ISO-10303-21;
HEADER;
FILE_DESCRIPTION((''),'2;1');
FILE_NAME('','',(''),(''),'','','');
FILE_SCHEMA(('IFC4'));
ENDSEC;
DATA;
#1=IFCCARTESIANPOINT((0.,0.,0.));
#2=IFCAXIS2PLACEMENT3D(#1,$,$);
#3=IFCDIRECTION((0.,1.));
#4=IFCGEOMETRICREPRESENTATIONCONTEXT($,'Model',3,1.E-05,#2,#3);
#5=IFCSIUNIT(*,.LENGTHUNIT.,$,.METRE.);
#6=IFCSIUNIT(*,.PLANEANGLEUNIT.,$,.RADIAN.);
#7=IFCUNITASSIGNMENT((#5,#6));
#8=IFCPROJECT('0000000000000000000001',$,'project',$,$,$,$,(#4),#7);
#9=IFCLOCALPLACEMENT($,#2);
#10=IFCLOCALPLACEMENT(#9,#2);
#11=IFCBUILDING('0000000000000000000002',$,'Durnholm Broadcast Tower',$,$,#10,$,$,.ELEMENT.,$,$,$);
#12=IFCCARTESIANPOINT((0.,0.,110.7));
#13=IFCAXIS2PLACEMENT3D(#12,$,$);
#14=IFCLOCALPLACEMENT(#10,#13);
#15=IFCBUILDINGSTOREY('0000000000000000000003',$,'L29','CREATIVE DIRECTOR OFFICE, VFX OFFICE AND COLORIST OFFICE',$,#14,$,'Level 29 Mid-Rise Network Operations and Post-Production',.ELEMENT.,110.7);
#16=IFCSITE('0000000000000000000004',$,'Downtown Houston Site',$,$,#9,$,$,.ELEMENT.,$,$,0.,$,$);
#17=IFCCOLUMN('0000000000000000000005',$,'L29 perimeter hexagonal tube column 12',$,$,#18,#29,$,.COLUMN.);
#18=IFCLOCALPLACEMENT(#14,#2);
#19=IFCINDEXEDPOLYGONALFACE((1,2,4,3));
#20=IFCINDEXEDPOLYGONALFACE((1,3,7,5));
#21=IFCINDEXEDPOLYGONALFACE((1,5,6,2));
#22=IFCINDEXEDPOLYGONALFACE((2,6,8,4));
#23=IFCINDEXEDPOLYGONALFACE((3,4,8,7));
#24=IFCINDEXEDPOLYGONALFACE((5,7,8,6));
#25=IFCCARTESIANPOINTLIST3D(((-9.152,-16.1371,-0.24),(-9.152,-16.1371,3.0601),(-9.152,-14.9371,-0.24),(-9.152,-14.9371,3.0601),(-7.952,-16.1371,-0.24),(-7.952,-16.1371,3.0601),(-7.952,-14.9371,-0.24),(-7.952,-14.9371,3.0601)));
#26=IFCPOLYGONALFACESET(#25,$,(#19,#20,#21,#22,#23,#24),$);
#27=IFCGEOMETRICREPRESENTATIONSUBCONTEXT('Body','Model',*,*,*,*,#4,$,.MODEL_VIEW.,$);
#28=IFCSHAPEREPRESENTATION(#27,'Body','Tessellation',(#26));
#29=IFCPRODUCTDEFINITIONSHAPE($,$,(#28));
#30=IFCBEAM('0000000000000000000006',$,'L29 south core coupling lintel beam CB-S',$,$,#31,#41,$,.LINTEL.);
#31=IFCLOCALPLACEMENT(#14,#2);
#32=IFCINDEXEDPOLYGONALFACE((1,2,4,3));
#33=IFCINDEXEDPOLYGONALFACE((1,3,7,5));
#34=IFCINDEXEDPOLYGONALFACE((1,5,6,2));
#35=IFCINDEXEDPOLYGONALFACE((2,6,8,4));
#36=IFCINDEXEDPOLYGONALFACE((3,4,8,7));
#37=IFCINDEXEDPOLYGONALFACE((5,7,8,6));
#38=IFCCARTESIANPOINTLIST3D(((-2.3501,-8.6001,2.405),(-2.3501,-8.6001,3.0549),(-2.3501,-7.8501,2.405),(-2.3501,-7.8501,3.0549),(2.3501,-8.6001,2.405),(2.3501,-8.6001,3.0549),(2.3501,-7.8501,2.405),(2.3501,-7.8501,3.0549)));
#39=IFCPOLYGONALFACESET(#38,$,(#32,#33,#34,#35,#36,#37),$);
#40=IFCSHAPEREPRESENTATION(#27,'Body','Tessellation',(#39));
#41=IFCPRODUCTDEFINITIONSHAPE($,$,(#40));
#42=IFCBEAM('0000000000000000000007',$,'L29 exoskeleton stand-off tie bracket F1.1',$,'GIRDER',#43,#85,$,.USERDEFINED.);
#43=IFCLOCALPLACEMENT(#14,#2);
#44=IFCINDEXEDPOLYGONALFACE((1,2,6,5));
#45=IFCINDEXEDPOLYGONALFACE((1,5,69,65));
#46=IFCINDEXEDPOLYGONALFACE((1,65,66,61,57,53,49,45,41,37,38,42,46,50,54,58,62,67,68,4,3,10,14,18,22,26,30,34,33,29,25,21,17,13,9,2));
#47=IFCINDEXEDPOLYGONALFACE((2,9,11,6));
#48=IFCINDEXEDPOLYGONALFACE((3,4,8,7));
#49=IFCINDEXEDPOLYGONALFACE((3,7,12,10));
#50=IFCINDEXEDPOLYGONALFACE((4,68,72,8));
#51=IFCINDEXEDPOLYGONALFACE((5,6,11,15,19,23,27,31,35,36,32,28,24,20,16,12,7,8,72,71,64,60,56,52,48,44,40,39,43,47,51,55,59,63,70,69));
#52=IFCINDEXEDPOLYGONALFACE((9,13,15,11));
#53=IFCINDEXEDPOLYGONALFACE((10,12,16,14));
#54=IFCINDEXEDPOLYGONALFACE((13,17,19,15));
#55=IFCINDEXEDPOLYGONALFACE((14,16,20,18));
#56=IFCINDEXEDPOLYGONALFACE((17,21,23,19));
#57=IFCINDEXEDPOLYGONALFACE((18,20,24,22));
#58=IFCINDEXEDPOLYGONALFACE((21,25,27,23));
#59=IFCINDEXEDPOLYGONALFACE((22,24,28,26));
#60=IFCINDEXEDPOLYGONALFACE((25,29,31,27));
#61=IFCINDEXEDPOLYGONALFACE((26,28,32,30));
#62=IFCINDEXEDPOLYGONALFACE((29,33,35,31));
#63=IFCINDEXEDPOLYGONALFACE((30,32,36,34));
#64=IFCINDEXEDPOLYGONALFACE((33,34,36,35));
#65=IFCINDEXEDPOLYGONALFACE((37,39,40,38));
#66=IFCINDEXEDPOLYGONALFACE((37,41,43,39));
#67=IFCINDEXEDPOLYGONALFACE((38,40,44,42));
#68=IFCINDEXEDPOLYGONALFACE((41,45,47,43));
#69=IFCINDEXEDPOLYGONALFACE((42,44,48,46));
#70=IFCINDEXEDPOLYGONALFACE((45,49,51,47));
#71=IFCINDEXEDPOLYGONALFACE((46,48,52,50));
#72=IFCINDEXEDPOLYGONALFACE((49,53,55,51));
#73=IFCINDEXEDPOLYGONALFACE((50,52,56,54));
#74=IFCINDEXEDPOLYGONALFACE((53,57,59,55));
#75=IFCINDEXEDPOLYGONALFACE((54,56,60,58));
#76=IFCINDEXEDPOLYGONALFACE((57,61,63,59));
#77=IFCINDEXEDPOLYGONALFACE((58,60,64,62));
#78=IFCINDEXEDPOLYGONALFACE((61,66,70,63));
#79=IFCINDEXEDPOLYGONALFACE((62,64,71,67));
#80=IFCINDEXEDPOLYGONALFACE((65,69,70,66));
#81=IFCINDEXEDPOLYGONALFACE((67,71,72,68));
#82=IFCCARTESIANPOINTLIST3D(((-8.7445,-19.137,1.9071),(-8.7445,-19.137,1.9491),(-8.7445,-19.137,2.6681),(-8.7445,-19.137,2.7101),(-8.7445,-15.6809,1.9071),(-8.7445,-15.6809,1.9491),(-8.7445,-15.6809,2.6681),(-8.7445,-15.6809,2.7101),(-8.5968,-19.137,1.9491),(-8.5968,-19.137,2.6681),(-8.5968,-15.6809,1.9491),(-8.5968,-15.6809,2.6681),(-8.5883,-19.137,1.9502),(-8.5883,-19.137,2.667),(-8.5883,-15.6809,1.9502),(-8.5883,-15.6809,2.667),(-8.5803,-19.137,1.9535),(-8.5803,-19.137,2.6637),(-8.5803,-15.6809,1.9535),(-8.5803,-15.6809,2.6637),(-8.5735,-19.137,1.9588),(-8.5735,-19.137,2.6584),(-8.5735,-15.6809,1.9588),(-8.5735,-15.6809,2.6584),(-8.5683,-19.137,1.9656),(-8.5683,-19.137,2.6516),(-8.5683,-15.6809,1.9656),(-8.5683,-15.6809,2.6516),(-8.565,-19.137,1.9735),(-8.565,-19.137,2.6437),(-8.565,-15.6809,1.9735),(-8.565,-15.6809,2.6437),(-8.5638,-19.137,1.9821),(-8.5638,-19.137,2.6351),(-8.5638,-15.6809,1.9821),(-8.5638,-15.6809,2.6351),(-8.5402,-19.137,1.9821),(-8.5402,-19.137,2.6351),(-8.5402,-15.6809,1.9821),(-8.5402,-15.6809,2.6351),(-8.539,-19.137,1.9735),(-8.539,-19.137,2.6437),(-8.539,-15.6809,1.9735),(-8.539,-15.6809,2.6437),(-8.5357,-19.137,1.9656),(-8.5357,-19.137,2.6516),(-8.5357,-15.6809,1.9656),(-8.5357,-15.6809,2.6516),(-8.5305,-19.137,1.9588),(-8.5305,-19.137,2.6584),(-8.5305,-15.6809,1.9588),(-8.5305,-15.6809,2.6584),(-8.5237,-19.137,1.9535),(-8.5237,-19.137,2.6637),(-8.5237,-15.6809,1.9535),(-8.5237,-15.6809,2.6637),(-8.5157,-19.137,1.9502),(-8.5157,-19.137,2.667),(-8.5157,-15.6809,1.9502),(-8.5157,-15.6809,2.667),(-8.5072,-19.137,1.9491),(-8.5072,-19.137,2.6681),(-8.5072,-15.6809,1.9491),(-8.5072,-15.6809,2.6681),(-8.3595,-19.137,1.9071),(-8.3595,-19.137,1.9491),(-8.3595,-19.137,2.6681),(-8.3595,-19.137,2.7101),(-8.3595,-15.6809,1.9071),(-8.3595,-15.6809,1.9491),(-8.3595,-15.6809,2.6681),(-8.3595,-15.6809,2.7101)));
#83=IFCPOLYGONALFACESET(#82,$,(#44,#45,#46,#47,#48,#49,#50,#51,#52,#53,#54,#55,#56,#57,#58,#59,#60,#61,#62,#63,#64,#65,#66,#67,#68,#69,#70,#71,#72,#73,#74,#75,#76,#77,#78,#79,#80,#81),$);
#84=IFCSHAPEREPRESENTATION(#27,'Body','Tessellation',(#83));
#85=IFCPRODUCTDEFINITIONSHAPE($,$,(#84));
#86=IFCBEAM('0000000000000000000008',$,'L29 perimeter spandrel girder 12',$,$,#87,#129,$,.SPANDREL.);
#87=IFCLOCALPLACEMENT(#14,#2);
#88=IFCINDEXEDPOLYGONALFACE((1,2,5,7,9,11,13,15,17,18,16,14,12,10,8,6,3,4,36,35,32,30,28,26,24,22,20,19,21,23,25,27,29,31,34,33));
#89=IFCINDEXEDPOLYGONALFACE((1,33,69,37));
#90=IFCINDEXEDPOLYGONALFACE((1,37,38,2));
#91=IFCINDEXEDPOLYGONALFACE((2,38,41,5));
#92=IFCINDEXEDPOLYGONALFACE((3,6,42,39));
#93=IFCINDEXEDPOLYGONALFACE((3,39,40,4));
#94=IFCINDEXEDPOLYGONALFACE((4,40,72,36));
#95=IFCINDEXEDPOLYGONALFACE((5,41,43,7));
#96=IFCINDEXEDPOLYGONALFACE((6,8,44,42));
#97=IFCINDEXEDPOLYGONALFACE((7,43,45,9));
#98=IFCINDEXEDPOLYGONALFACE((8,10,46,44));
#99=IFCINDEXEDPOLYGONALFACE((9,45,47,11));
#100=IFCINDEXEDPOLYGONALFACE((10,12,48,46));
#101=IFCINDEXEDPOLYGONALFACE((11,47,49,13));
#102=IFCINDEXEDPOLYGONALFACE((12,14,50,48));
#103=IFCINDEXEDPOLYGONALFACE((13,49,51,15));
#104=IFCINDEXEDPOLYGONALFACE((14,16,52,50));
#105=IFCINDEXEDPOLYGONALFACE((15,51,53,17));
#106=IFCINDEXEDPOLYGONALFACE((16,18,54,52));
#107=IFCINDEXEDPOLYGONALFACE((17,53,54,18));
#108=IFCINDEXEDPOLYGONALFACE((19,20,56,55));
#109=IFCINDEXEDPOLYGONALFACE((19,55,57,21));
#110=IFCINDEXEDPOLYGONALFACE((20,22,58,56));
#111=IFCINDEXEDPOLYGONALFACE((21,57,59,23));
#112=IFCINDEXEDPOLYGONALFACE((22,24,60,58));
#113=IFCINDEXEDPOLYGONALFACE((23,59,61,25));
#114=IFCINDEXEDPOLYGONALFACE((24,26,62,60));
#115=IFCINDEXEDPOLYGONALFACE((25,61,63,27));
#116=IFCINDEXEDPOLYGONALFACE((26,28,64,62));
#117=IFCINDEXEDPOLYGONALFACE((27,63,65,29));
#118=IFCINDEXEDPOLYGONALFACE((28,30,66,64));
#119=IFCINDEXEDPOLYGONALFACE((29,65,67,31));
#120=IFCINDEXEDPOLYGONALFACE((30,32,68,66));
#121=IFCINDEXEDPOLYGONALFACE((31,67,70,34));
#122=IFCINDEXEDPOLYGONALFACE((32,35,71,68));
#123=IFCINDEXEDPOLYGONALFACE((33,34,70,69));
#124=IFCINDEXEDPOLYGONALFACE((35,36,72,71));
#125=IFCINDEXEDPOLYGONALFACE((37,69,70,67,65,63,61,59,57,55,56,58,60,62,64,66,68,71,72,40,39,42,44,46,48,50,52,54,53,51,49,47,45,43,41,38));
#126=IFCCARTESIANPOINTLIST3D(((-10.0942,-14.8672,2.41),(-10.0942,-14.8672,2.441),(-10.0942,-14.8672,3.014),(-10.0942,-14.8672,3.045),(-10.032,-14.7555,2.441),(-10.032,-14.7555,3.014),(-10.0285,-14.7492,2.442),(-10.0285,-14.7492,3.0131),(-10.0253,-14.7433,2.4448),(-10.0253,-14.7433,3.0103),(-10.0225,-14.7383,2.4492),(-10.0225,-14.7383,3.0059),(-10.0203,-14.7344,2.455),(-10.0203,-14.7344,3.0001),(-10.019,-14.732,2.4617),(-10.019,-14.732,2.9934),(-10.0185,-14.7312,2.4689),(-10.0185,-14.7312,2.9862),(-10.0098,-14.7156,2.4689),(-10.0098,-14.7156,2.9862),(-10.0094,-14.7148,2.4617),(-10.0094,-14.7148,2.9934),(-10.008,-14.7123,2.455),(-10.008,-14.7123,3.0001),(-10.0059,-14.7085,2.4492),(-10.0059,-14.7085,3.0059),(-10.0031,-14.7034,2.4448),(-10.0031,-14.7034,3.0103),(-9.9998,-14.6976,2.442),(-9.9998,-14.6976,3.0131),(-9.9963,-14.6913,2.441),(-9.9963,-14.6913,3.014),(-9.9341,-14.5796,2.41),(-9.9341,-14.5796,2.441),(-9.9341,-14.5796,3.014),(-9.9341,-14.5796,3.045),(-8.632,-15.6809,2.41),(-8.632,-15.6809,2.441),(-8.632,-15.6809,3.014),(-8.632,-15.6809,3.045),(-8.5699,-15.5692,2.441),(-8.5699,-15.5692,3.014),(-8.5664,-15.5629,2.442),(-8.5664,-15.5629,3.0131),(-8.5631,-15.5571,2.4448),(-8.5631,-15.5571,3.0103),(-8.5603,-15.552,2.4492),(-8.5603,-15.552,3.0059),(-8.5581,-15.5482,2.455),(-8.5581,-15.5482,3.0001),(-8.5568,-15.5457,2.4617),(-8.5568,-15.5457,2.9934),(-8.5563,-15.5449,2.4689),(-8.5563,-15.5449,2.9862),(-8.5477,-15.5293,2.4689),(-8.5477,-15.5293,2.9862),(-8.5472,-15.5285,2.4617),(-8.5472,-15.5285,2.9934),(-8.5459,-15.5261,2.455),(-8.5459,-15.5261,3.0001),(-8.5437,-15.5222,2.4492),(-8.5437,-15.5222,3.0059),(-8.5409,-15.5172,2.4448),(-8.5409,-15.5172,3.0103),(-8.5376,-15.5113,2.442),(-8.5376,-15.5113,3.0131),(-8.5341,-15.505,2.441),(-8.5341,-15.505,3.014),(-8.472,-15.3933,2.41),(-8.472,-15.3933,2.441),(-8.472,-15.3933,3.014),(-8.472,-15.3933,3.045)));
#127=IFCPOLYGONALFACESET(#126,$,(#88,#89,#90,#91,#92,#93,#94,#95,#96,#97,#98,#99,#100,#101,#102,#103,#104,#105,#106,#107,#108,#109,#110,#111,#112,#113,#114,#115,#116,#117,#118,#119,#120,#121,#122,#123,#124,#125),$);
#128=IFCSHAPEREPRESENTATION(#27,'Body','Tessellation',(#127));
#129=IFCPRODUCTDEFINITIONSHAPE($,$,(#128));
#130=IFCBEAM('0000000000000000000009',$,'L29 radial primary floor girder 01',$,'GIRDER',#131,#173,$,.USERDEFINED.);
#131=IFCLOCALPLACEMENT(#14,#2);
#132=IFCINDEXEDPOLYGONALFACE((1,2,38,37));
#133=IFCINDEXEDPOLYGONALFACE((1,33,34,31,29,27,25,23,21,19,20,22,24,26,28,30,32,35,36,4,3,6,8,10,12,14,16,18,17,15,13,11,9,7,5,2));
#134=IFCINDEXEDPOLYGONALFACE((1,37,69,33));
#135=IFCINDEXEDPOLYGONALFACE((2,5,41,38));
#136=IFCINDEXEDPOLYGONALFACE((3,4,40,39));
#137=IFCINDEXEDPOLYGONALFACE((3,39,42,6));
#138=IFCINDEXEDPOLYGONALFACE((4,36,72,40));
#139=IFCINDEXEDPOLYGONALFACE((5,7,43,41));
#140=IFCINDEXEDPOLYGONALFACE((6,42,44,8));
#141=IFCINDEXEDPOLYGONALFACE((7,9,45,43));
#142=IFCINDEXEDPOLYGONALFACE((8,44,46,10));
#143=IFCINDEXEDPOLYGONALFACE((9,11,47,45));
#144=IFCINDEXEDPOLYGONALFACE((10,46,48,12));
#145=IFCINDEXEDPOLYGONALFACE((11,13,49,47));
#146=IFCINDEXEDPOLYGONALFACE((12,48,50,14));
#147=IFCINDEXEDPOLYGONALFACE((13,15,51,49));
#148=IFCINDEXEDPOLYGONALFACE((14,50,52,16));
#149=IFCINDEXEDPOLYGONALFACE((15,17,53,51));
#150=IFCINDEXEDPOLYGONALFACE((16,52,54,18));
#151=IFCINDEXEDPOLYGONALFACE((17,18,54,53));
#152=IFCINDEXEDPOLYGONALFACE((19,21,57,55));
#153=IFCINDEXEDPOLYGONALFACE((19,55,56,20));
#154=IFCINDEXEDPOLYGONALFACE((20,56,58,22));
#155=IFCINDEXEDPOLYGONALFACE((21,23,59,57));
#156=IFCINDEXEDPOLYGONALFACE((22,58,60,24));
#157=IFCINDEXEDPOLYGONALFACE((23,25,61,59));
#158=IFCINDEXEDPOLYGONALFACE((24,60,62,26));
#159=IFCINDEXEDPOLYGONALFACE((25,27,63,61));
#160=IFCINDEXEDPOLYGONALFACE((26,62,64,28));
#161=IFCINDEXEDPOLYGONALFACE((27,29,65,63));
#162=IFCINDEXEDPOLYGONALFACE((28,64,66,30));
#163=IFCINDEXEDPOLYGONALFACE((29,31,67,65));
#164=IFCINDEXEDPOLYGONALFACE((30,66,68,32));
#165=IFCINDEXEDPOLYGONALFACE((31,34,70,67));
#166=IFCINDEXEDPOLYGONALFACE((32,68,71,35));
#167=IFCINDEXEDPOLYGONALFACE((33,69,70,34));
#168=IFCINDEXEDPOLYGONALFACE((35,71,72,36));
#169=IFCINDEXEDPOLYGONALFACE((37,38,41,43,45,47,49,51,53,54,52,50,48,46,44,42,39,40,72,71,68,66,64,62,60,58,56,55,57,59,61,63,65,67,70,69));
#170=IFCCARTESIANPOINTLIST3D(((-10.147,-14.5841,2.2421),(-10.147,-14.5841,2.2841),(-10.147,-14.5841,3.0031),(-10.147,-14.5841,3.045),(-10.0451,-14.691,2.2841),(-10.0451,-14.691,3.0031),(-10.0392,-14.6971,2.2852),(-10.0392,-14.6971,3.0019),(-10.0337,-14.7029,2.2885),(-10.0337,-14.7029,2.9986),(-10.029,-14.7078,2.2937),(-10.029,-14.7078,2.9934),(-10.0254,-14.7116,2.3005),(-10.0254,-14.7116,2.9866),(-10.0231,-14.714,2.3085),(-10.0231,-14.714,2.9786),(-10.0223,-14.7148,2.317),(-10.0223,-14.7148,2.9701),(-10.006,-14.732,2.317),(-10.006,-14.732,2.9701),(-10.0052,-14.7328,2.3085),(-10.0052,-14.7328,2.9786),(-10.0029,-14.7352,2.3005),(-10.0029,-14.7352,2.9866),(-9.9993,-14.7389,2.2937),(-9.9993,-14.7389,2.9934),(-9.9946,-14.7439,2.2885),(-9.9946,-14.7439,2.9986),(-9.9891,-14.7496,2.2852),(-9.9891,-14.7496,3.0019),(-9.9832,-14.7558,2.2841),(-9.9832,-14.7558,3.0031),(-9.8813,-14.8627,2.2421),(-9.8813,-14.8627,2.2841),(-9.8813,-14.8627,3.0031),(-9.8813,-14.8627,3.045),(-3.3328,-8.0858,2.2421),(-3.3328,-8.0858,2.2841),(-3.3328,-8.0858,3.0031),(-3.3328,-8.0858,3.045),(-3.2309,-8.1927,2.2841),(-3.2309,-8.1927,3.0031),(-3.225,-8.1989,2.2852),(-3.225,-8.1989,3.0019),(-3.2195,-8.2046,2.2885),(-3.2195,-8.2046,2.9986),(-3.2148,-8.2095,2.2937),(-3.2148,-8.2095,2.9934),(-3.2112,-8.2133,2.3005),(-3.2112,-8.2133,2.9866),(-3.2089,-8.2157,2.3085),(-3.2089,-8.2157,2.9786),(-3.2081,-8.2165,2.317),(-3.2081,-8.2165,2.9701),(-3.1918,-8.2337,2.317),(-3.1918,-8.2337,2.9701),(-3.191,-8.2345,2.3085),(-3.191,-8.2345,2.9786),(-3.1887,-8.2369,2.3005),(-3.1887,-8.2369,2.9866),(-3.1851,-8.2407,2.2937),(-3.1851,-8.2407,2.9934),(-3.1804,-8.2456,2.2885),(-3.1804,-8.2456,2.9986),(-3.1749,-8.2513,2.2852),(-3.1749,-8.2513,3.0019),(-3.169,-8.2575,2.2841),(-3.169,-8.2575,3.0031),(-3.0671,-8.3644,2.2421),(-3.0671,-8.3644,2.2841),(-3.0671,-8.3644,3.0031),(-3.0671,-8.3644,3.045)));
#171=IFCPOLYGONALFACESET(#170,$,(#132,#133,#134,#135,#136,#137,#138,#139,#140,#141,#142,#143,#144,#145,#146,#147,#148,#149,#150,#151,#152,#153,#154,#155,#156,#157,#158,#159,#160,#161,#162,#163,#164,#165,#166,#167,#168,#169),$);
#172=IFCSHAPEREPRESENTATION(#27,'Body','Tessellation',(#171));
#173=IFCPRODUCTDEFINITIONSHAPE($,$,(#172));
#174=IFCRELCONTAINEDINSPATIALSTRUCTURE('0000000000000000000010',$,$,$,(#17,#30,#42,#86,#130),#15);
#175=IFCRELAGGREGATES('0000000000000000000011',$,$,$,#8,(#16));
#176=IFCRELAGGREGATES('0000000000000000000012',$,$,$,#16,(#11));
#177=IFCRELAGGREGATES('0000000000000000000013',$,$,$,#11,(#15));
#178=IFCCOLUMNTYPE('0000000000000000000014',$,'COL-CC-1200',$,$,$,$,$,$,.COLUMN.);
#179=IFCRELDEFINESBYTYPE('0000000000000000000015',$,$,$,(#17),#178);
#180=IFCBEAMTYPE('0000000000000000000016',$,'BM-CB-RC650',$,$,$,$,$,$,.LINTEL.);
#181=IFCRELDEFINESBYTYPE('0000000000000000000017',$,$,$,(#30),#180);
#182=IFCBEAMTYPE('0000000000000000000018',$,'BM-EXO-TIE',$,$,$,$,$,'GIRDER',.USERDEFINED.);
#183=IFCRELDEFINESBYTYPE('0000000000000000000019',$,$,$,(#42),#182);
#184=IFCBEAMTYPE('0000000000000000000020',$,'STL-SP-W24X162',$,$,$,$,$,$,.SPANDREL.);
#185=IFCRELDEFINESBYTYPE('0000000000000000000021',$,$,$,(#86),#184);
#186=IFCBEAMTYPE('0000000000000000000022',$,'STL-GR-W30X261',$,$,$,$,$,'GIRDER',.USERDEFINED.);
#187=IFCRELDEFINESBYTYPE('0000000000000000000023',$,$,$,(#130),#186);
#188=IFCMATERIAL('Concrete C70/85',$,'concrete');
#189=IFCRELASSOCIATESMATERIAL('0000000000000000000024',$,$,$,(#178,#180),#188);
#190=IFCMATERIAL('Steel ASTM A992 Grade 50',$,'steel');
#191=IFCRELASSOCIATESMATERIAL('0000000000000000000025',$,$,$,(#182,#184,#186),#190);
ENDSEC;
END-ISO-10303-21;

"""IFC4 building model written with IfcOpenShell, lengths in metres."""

from ifc_helpers import new_model, si_unit, direction, frame, origin, origin_2d, place, context, subcontext, project, spatial, rectangle, i_section, extrude, source, transform, mapped, material, material_profile, profile_set, type_object, type_shapes, element, save


model = new_model("IFC4")

# Units and contexts
model_context = context("Model", 3, precision=1e-05, world=origin(), true_north=direction((0.0, 1.0)))
body_context = subcontext(model_context, "Body", "Model", "MODEL_VIEW")
ifc_project = project(units=[si_unit("LENGTHUNIT", "METRE"), si_unit("PLANEANGLEUNIT", "RADIAN")], contexts=[model_context])

# Site, building, storey
site_placement = place(None, origin())
site = spatial("IfcSite", under=ifc_project, at=site_placement, Name="Downtown Houston Site", CompositionType="ELEMENT", RefElevation=0.0)
building_placement = place(site_placement, origin())
building = spatial("IfcBuilding", under=site, at=building_placement, Name="Durnholm Broadcast Tower", CompositionType="ELEMENT")
storey_placement = place(building_placement, frame((0.0, 0.0, 110.7)))
storey = spatial("IfcBuildingStorey", under=building, at=storey_placement, Name="L29", Description="CREATIVE DIRECTOR OFFICE, VFX OFFICE AND COLORIST OFFICE", LongName="Level 29 Mid-Rise Network Operations and Post-Production", CompositionType="ELEMENT", Elevation=110.7)

# Column
ifc_material_1 = material(Name="Concrete C70/85", Category="concrete")
ifc_material_profile_1 = material_profile(ifc_material_1, rectangle(XDim=1.2, YDim=1.2, at=origin_2d()), Name="RC1200X1200")
ifc_profile_set_1 = profile_set([ifc_material_profile_1], Name="Concrete C70/85")
column_type = type_object("IfcColumnType", Name="COL-CC-1200", PredefinedType="COLUMN", material=ifc_profile_set_1)
shared_shape_1 = source(origin(), body_context, "Body", "SweptSolid", [
    extrude(rectangle(XDim=1.2, YDim=1.2, at=origin_2d()), origin(), (0.0, 0.0, 1.0), 3.3),
])
type_shapes(column_type, [shared_shape_1])
column_placement = place(storey_placement, frame((-8.552, -15.5371, -0.24), z_axis=(0.0, 0.0, 1.0), x_axis=(1.0, 0.0, 0.0)))
element("IfcColumn", 1, at=column_placement, inside=storey, type_object=column_type, Name="L29 perimeter hexagonal tube column 12", PredefinedType="COLUMN", context=body_context, shape_type="MappedRepresentation", body=[
    mapped(shared_shape_1, transform((0.0, 0.0, 0.0), x_axis=(1.0, 0.0, 0.0), y_axis=(0.0, 1.0, 0.0), z_axis=(0.0, 0.0, 1.0), scale=1.0)),
])

# Beams
ifc_material_profile_2 = material_profile(ifc_material_1, rectangle(XDim=0.75, YDim=0.6499, at=origin_2d()), Name="RC750X650")
ifc_profile_set_2 = profile_set([ifc_material_profile_2], Name="Concrete C70/85")
beam_type_1 = type_object("IfcBeamType", Name="BM-CB-RC650", PredefinedType="LINTEL", material=ifc_profile_set_2)
shared_shape_2 = source(origin(), body_context, "Body", "SweptSolid", [
    extrude(rectangle(XDim=0.75, YDim=0.6499, at=origin_2d()), origin(), (0.0, 0.0, 1.0), 4.7002),
])
type_shapes(beam_type_1, [shared_shape_2])
beam_1_placement = place(storey_placement, frame((-2.3501, -8.2251, 2.73), z_axis=(1.0, 0.0, 0.0), x_axis=(0.0, 1.0, 0.0)))
element("IfcBeam", 2, at=beam_1_placement, inside=storey, type_object=beam_type_1, Name="L29 south core coupling lintel beam CB-S", PredefinedType="LINTEL", context=body_context, shape_type="MappedRepresentation", body=[
    mapped(shared_shape_2, transform((0.0, 0.0, 0.0), x_axis=(1.0, 0.0, 0.0), y_axis=(0.0, 1.0, 0.0), z_axis=(0.0, 0.0, 1.0), scale=1.0)),
])
ifc_material_2 = material(Name="Steel ASTM A992 Grade 50", Category="steel")
ifc_material_profile_3 = material_profile(ifc_material_2, i_section(OverallWidth=0.385, OverallDepth=0.803, WebThickness=0.0237, FlangeThickness=0.042, FilletRadius=0.033, at=origin_2d()), Name="W30X261")
ifc_profile_set_3 = profile_set([ifc_material_profile_3], Name="Steel ASTM A992 Grade 50")
beam_type_2 = type_object("IfcBeamType", Name="BM-EXO-TIE", ElementType="GIRDER", PredefinedType="USERDEFINED", material=ifc_profile_set_3)
shared_shape_3 = source(origin(), body_context, "Body", "SweptSolid", [
    extrude(i_section(OverallWidth=0.385, OverallDepth=0.803, WebThickness=0.0237, FlangeThickness=0.042, FilletRadius=0.033, at=origin_2d()), origin(), (0.0, 0.0, 1.0), 3.4561),
])
beam_2_placement = place(storey_placement, frame((-8.552, -15.6809, 2.3086), z_axis=(0.0, -1.0, 0.0), x_axis=(1.0, 0.0, 0.0)))
element("IfcBeam", 3, at=beam_2_placement, inside=storey, type_object=beam_type_2, Name="L29 exoskeleton stand-off tie bracket F1.1", ObjectType="GIRDER", PredefinedType="USERDEFINED", context=body_context, shape_type="MappedRepresentation", body=[
    mapped(shared_shape_3, transform((0.0, 0.0, 0.0), x_axis=(1.0, 0.0, 0.0), y_axis=(0.0, 1.0, 0.0), z_axis=(0.0, 0.0, 1.0), scale=1.0)),
])
ifc_material_profile_4 = material_profile(ifc_material_2, i_section(OverallWidth=0.3291, OverallDepth=0.635, WebThickness=0.0178, FlangeThickness=0.031, FilletRadius=0.0278, at=origin_2d()), Name="W24X162")
ifc_profile_set_4 = profile_set([ifc_material_profile_4], Name="Steel ASTM A992 Grade 50")
beam_type_3 = type_object("IfcBeamType", Name="STL-SP-W24X162", PredefinedType="SPANDREL", material=ifc_profile_set_4)
shared_shape_4 = source(origin(), body_context, "Body", "SweptSolid", [
    extrude(i_section(OverallWidth=0.3291, OverallDepth=0.635, WebThickness=0.0178, FlangeThickness=0.031, FilletRadius=0.0278, at=origin_2d()), origin(), (0.0, 0.0, 1.0), 1.6733),
])
type_shapes(beam_type_3, [shared_shape_4])
beam_3_placement = place(storey_placement, frame((-8.552, -15.5371, 2.7275), z_axis=(-0.873799, 0.486287, 0.0), x_axis=(-0.486287, -0.873799, 0.0)))
element("IfcBeam", 4, at=beam_3_placement, inside=storey, type_object=beam_type_3, Name="L29 perimeter spandrel girder 12", PredefinedType="SPANDREL", context=body_context, shape_type="MappedRepresentation", body=[
    mapped(shared_shape_4, transform((0.0, 0.0, 0.0), x_axis=(1.0, 0.0, 0.0), y_axis=(0.0, 1.0, 0.0), z_axis=(0.0, 0.0, 1.0), scale=1.0)),
])
ifc_material_profile_5 = material_profile(ifc_material_2, i_section(OverallWidth=0.385, OverallDepth=0.803, WebThickness=0.0237, FlangeThickness=0.042, FilletRadius=0.033, at=origin_2d()), Name="W30X261")
ifc_profile_set_5 = profile_set([ifc_material_profile_5], Name="Steel ASTM A992 Grade 50")
beam_type_4 = type_object("IfcBeamType", Name="STL-GR-W30X261", ElementType="GIRDER", PredefinedType="USERDEFINED", material=ifc_profile_set_5)
shared_shape_5 = source(origin(), body_context, "Body", "SweptSolid", [
    extrude(i_section(OverallWidth=0.385, OverallDepth=0.803, WebThickness=0.0237, FlangeThickness=0.042, FilletRadius=0.033, at=origin_2d()), origin(), (0.0, 0.0, 1.0), 9.416),
])
beam_4_placement = place(storey_placement, frame((-3.2, -8.2251, 2.6436), z_axis=(-0.723683, -0.690132, 0.0), x_axis=(0.690132, -0.723683, 0.0)))
element("IfcBeam", 5, at=beam_4_placement, inside=storey, type_object=beam_type_4, Name="L29 radial primary floor girder 01", ObjectType="GIRDER", PredefinedType="USERDEFINED", context=body_context, shape_type="MappedRepresentation", body=[
    mapped(shared_shape_5, transform((0.0, 0.0, 0.0), x_axis=(1.0, 0.0, 0.0), y_axis=(0.0, 1.0, 0.0), z_axis=(0.0, 0.0, 1.0), scale=1.0)),
])

save(model, "model.ifc")
